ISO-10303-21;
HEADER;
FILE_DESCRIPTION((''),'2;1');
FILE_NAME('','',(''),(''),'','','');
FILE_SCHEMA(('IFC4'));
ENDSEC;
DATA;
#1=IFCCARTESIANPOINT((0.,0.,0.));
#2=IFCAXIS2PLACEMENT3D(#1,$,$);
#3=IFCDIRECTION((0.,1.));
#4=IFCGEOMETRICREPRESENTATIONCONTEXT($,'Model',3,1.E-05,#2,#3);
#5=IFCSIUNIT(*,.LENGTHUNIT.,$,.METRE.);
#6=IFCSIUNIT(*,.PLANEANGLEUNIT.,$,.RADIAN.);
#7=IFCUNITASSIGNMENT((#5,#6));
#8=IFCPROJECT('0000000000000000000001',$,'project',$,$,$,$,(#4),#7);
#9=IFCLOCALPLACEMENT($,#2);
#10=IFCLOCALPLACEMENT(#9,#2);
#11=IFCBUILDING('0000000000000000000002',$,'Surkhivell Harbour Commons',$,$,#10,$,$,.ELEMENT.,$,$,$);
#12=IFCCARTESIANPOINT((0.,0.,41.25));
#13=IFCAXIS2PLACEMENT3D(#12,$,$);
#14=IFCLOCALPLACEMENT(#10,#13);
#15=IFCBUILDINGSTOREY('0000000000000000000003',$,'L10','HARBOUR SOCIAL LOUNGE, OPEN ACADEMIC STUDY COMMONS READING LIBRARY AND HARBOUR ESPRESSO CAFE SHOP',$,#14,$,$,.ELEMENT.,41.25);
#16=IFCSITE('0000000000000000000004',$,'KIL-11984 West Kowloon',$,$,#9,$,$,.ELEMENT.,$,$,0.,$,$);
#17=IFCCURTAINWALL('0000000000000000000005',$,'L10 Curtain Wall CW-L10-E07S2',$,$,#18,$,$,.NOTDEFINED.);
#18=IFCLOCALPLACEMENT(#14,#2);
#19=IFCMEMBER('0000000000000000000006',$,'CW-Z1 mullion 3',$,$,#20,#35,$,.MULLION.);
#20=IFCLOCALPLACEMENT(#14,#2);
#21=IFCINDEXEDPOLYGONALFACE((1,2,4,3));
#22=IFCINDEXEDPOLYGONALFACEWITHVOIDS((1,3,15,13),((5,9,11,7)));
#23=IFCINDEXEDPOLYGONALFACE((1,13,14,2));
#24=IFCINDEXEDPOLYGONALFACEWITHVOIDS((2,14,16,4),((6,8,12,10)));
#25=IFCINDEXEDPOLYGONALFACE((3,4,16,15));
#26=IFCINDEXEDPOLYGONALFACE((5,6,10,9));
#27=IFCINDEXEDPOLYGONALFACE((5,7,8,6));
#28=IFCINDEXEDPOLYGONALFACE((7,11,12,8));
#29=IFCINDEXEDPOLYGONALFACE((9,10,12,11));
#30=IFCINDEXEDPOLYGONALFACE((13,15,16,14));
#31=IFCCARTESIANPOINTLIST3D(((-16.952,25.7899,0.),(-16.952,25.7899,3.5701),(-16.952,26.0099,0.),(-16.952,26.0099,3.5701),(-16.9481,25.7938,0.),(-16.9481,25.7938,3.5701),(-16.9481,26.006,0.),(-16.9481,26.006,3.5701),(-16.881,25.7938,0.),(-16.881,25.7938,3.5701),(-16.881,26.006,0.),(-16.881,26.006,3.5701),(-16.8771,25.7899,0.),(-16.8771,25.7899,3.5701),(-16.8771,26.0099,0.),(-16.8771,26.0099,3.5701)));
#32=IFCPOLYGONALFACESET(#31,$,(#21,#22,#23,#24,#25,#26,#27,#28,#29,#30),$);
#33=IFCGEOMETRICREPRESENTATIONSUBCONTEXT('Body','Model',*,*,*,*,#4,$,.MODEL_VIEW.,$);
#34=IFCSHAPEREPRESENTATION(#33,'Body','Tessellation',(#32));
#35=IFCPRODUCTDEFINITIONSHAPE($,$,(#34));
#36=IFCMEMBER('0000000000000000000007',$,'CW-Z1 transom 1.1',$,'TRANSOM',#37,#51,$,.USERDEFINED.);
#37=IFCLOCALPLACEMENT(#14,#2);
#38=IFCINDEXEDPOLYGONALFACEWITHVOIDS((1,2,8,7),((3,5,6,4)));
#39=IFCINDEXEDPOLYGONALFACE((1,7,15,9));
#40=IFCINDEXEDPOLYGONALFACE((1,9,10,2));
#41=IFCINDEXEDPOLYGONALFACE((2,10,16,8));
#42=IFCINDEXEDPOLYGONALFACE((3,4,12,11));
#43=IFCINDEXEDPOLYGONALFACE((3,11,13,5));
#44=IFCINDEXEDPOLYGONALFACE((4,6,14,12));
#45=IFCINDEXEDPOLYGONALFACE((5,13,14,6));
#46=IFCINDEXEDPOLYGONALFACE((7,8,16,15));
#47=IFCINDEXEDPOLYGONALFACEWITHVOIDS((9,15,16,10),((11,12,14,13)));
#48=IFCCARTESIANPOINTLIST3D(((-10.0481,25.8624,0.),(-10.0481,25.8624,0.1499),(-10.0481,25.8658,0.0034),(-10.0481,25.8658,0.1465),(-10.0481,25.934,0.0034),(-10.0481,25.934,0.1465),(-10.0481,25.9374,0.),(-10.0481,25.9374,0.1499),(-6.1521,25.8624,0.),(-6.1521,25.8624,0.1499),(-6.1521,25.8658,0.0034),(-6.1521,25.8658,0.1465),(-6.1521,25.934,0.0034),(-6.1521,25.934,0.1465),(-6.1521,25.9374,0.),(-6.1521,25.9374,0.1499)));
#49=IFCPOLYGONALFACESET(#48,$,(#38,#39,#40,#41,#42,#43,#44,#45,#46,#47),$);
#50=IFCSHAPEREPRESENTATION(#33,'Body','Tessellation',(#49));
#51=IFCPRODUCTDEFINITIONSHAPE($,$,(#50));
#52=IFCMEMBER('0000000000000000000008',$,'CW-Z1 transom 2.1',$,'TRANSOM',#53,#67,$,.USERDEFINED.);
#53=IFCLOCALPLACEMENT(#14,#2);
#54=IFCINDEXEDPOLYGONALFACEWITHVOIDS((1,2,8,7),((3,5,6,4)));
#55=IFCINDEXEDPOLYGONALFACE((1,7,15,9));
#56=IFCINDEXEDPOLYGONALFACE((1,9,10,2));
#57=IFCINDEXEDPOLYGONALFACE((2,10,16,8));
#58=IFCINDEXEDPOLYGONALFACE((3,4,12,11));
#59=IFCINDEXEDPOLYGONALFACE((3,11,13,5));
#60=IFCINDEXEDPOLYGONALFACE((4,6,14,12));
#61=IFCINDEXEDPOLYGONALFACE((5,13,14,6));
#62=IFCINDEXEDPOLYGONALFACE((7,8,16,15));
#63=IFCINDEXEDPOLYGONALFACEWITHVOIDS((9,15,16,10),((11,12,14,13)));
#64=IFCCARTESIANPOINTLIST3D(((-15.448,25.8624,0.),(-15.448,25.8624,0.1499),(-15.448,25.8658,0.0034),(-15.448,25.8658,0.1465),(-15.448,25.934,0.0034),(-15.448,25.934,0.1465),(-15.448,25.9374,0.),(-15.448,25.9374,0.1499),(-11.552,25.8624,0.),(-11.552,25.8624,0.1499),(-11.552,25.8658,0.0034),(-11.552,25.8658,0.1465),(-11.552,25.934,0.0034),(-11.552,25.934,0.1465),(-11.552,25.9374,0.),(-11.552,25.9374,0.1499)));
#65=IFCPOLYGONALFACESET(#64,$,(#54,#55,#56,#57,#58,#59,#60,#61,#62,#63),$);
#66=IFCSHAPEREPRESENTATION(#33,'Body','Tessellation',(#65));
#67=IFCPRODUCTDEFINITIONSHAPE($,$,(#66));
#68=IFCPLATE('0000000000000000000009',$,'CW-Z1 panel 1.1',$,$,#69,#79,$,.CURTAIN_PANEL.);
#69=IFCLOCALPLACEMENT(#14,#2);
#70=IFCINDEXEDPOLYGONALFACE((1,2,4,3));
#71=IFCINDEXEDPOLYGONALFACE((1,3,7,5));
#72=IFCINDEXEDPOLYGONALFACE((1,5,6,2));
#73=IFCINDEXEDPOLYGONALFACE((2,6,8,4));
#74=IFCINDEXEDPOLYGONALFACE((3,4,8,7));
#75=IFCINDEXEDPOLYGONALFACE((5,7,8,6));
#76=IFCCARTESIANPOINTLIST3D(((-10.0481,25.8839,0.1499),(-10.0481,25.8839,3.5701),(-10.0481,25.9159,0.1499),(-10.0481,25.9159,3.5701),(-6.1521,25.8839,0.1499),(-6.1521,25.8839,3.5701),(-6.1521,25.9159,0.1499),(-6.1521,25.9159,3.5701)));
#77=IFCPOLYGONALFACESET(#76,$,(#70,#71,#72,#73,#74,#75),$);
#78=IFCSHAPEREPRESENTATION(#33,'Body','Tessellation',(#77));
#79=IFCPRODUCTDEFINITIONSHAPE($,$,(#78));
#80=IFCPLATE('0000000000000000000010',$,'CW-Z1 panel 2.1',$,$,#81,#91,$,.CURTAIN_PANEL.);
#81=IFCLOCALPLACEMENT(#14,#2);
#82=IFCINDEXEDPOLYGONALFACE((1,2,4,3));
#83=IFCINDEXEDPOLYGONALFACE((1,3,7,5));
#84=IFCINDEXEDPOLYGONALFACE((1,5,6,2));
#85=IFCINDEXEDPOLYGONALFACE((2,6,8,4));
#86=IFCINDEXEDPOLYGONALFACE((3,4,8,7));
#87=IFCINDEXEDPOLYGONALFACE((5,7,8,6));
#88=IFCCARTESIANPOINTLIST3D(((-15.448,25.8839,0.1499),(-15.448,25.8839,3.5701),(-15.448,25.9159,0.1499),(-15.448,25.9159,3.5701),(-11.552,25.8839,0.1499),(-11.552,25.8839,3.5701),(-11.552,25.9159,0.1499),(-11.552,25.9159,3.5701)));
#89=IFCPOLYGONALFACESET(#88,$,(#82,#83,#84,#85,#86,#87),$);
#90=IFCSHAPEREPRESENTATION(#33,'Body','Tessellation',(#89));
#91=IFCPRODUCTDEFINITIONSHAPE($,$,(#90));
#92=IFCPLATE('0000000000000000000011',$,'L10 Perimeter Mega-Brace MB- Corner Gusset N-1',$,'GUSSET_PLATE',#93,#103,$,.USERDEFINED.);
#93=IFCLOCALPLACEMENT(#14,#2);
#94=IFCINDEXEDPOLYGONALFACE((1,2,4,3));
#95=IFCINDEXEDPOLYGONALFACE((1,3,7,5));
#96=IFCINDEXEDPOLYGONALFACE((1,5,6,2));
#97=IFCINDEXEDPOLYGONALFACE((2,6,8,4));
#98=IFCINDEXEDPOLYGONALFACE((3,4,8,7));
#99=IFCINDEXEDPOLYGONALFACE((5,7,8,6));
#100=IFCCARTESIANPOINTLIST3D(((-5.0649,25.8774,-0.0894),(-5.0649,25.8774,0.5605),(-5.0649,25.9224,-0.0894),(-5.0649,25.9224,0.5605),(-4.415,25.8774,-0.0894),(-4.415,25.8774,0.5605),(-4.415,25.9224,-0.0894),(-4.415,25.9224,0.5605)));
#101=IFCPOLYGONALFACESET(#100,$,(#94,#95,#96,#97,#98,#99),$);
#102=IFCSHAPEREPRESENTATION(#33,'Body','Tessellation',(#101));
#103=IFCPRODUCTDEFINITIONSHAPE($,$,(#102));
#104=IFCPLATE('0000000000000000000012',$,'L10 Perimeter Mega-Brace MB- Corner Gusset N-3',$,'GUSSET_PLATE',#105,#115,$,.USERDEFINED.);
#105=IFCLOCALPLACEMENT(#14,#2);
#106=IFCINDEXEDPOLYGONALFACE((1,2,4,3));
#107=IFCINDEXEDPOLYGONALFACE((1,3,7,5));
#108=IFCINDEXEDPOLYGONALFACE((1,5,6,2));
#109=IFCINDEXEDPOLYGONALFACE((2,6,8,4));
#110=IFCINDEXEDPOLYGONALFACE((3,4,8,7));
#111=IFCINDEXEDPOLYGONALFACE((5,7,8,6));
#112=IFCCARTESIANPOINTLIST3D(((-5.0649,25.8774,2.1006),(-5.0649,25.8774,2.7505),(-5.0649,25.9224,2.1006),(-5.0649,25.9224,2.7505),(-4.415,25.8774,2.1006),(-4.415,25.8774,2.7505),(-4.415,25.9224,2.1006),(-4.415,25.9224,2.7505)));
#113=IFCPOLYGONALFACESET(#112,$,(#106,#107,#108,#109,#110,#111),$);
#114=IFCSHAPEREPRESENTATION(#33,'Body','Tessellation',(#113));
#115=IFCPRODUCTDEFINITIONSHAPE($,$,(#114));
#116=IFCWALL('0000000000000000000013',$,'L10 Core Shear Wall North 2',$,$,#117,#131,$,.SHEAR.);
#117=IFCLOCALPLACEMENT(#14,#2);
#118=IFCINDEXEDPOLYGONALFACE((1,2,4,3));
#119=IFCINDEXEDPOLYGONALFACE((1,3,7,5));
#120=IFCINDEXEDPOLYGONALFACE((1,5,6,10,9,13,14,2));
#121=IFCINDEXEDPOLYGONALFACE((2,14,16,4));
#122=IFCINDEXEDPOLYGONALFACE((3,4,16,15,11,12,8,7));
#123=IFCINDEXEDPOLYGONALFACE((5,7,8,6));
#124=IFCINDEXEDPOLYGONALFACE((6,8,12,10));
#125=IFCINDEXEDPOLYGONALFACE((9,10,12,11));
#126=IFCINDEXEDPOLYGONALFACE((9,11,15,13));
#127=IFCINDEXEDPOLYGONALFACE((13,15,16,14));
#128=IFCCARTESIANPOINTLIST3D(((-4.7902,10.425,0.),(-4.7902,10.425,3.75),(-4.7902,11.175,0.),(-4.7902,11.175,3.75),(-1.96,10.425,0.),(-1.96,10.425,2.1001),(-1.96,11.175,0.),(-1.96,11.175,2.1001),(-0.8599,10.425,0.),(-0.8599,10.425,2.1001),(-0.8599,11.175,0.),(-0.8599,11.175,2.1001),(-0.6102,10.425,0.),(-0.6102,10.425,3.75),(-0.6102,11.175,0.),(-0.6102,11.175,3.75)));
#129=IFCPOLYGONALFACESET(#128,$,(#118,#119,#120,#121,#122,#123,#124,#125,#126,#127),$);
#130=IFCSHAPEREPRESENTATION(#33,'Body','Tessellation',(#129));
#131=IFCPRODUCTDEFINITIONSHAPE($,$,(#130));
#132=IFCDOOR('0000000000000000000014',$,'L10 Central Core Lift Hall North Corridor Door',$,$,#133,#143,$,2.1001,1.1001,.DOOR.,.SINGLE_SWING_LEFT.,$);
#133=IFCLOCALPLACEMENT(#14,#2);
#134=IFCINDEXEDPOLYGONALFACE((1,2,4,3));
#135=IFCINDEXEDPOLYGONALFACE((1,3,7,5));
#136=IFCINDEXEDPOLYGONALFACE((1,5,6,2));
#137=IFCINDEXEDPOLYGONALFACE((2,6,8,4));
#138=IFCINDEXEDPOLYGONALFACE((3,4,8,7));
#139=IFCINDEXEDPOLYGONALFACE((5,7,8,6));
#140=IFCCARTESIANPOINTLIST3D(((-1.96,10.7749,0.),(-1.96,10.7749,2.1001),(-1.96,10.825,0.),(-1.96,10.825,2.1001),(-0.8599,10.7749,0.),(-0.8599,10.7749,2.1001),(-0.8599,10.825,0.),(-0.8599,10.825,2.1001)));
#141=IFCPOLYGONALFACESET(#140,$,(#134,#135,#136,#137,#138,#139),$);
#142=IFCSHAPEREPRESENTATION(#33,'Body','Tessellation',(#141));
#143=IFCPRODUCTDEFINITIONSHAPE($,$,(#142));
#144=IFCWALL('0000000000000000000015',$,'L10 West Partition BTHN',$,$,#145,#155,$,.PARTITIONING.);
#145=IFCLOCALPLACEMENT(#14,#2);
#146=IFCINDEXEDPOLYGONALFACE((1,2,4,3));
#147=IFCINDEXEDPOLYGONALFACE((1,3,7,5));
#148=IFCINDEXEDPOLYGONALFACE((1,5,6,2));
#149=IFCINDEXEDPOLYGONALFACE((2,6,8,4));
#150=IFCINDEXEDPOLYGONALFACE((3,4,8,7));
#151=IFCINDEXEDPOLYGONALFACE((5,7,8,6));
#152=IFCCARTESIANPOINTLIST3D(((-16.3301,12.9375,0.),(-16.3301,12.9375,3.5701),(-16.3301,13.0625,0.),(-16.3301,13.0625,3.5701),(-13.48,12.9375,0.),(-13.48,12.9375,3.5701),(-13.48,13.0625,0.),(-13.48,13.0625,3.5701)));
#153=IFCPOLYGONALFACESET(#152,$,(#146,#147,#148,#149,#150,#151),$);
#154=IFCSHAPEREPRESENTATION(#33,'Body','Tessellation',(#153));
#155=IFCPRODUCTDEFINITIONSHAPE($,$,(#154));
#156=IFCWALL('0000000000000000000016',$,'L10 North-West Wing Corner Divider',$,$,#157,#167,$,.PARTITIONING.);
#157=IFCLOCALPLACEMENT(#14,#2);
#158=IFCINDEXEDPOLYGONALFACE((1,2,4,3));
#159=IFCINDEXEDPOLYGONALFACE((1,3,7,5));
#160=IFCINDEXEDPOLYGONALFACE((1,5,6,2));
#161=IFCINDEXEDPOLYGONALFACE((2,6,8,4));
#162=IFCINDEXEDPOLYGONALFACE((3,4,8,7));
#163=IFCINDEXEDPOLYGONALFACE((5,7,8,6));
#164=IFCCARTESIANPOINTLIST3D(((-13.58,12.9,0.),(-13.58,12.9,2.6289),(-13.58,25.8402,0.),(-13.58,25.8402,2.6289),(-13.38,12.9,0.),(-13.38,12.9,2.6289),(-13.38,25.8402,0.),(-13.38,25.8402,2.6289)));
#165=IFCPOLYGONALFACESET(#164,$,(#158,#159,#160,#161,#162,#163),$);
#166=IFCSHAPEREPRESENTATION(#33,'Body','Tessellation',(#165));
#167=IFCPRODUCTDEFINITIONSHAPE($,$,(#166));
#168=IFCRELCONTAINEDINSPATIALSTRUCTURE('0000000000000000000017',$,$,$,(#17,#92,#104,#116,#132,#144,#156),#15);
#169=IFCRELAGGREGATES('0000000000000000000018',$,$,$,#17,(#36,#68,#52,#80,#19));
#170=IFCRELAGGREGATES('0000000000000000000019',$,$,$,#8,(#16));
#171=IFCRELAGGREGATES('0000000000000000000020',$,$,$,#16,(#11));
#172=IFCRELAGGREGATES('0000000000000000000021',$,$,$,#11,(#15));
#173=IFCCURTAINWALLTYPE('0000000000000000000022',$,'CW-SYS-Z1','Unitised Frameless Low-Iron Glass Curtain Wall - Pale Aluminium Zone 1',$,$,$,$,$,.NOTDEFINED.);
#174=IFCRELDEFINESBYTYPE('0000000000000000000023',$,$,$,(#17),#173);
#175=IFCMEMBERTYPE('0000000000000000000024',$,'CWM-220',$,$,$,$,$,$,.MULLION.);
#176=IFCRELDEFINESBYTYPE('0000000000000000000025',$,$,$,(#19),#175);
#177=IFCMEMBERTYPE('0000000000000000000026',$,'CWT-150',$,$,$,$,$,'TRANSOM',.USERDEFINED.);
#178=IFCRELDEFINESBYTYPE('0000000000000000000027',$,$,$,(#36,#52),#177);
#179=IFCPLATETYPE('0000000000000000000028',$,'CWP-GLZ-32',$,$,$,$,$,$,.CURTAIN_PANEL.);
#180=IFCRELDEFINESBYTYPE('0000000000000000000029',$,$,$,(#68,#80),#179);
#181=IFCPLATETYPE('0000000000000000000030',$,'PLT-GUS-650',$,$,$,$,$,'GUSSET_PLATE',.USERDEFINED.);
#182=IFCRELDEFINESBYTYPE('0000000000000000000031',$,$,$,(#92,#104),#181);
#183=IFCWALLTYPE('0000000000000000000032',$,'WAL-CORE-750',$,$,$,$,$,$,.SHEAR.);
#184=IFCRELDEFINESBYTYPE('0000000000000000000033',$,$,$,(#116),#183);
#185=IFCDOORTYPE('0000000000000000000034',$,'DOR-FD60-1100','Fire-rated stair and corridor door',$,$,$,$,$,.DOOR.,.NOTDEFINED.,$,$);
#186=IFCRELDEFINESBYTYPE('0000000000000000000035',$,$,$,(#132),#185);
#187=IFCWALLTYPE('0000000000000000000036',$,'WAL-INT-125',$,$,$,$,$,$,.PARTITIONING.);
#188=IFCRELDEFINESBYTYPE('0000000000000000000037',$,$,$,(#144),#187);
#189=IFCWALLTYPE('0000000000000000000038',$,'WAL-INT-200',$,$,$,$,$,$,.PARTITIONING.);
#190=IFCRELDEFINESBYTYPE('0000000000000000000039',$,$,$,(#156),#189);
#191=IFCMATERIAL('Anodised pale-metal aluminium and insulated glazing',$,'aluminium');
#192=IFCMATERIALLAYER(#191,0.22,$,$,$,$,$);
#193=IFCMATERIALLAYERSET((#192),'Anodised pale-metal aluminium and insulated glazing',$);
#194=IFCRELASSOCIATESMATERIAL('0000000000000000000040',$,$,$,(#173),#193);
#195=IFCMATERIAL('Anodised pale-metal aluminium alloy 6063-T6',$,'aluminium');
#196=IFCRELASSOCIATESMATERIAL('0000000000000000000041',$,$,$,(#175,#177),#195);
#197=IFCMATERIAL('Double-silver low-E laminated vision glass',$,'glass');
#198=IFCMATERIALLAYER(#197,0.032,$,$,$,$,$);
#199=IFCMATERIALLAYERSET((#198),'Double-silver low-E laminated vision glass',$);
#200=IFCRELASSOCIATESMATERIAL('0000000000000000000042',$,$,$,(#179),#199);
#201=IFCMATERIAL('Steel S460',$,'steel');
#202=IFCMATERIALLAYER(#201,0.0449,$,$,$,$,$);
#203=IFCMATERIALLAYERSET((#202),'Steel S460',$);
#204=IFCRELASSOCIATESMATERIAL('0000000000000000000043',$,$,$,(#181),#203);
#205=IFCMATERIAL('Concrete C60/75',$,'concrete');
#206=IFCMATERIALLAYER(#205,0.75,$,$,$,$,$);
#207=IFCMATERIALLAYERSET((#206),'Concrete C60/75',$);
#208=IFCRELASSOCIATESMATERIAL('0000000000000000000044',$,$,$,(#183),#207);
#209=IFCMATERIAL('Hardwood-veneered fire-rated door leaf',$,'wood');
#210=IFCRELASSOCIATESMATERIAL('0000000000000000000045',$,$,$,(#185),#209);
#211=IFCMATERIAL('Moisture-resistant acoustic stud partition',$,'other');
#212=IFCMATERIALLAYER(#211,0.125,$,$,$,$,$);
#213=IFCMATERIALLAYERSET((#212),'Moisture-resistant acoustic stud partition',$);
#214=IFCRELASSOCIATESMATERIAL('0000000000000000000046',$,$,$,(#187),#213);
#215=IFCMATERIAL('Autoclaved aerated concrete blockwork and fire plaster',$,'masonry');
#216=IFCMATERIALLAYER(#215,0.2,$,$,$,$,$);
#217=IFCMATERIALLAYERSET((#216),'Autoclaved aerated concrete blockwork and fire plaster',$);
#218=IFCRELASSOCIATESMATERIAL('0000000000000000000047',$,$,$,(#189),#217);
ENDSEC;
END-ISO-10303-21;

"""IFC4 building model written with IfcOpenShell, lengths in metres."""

from ifc_helpers import new_model, si_unit, direction, frame, frame_2d, origin, origin_2d, place, context, subcontext, project, spatial, rectangle, hollow_rectangle, extrude, material, layer, layer_set, material_profile, profile_set, type_object, element, fill, aggregate, save


model = new_model("IFC4")

# Units and contexts
model_context = context("Model", 3, precision=1e-05, world=origin(), true_north=direction((0.0, 1.0)))
body_context = subcontext(model_context, "Body", "Model", "MODEL_VIEW")
ifc_project = project(units=[si_unit("LENGTHUNIT", "METRE"), si_unit("PLANEANGLEUNIT", "RADIAN")], contexts=[model_context])

# Site, building, storey
site_placement = place(None, origin())
site = spatial("IfcSite", under=ifc_project, at=site_placement, Name="KIL-11984 West Kowloon", CompositionType="ELEMENT", RefElevation=0.0)
building_placement = place(site_placement, origin())
building = spatial("IfcBuilding", under=site, at=building_placement, Name="Surkhivell Harbour Commons", CompositionType="ELEMENT")
storey_placement = place(building_placement, frame((0.0, 0.0, 41.25)))
storey = spatial("IfcBuildingStorey", under=building, at=storey_placement, Name="L10", Description="HARBOUR SOCIAL LOUNGE, OPEN ACADEMIC STUDY COMMONS READING LIBRARY AND HARBOUR ESPRESSO CAFE SHOP", CompositionType="ELEMENT", Elevation=41.25)

# Shared definitions
ifc_material_1 = material(Name="Steel S460", Category="steel")

# Curtain wall, members, plates
ifc_material_2 = material(Name="Anodised pale-metal aluminium and insulated glazing", Category="aluminium")
ifc_layer_1 = layer(ifc_material_2, 0.22)
ifc_layer_set_1 = layer_set([ifc_layer_1], Name="Anodised pale-metal aluminium and insulated glazing")
curtain_wall_type = type_object("IfcCurtainWallType", Name="CW-SYS-Z1", Description="Unitised Frameless Low-Iron Glass Curtain Wall - Pale Aluminium Zone 1", PredefinedType="NOTDEFINED", material=ifc_layer_set_1)
curtain_wall_placement = place(storey_placement, origin())
curtain_wall = element("IfcCurtainWall", 1, at=curtain_wall_placement, inside=storey, type_object=curtain_wall_type, Name="L10 Curtain Wall CW-L10-E07S2", PredefinedType="NOTDEFINED")
ifc_material_3 = material(Name="Anodised pale-metal aluminium alloy 6063-T6", Category="aluminium")
ifc_material_profile_1 = material_profile(ifc_material_3, hollow_rectangle(XDim=0.075, YDim=0.22, WallThickness=0.0039, at=origin_2d()), Name="ALU-MULL-75x220")
ifc_profile_set_1 = profile_set([ifc_material_profile_1], Name="Anodised pale-metal aluminium alloy 6063-T6")
member_type_1 = type_object("IfcMemberType", Name="CWM-220", PredefinedType="MULLION", material=ifc_profile_set_1)
member_1_placement = place(storey_placement, frame((-16.9146, 25.8999, 0.0), z_axis=(0.0, 0.0, 1.0), x_axis=(-1.0, 0.0, 0.0)))
member_1 = element("IfcMember", 2, at=member_1_placement, type_object=member_type_1, Name="CW-Z1 mullion 3", PredefinedType="MULLION", context=body_context, shape_type="SweptSolid", body=[
    extrude(hollow_rectangle(XDim=0.075, YDim=0.22, WallThickness=0.0039, at=origin_2d()), origin(), (0.0, 0.0, 1.0), 3.5701),
])
ifc_material_profile_2 = material_profile(ifc_material_3, hollow_rectangle(XDim=0.075, YDim=0.1499, WallThickness=0.0034, at=origin_2d()), Name="ALU-TRAN-75x150")
ifc_profile_set_2 = profile_set([ifc_material_profile_2], Name="Anodised pale-metal aluminium alloy 6063-T6")
member_type_2 = type_object("IfcMemberType", Name="CWT-150", ElementType="TRANSOM", PredefinedType="USERDEFINED", material=ifc_profile_set_2)
member_2_placement = place(storey_placement, frame((-6.1521, 25.8999, 0.075), z_axis=(-1.0, 0.0, 0.0), x_axis=(0.0, -1.0, 0.0)))
member_2 = element("IfcMember", 3, at=member_2_placement, type_object=member_type_2, Name="CW-Z1 transom 1.1", ObjectType="TRANSOM", PredefinedType="USERDEFINED", context=body_context, shape_type="SweptSolid", body=[
    extrude(hollow_rectangle(XDim=0.075, YDim=0.1499, WallThickness=0.0034, at=origin_2d()), origin(), (0.0, 0.0, 1.0), 3.896),
])
member_3_placement = place(storey_placement, frame((-11.552, 25.8999, 0.075), z_axis=(-1.0, 0.0, 0.0), x_axis=(0.0, -1.0, 0.0)))
member_3 = element("IfcMember", 4, at=member_3_placement, type_object=member_type_2, Name="CW-Z1 transom 2.1", ObjectType="TRANSOM", PredefinedType="USERDEFINED", context=body_context, shape_type="SweptSolid", body=[
    extrude(hollow_rectangle(XDim=0.075, YDim=0.1499, WallThickness=0.0034, at=origin_2d()), origin(), (0.0, 0.0, 1.0), 3.896),
])
ifc_material_4 = material(Name="Double-silver low-E laminated vision glass", Category="glass")
ifc_layer_2 = layer(ifc_material_4, 0.032)
ifc_layer_set_2 = layer_set([ifc_layer_2], Name="Double-silver low-E laminated vision glass")
plate_type_1 = type_object("IfcPlateType", Name="CWP-GLZ-32", PredefinedType="CURTAIN_PANEL", material=ifc_layer_set_2)
plate_1_placement = place(storey_placement, frame((-6.1521, 25.8999, 0.1499), z_axis=(0.0, 0.0, 1.0), x_axis=(-1.0, 0.0, 0.0)))
plate_1 = element("IfcPlate", 5, at=plate_1_placement, type_object=plate_type_1, Name="CW-Z1 panel 1.1", PredefinedType="CURTAIN_PANEL", context=body_context, shape_type="SweptSolid", body=[
    extrude(rectangle(XDim=3.896, YDim=0.032, at=frame_2d((1.948, 0.0))), origin(), (0.0, 0.0, 1.0), 3.4202),
])
plate_2_placement = place(storey_placement, frame((-11.552, 25.8999, 0.1499), z_axis=(0.0, 0.0, 1.0), x_axis=(-1.0, 0.0, 0.0)))
plate_2 = element("IfcPlate", 6, at=plate_2_placement, type_object=plate_type_1, Name="CW-Z1 panel 2.1", PredefinedType="CURTAIN_PANEL", context=body_context, shape_type="SweptSolid", body=[
    extrude(rectangle(XDim=3.896, YDim=0.032, at=frame_2d((1.948, 0.0))), origin(), (0.0, 0.0, 1.0), 3.4202),
])
aggregate(curtain_wall, [member_2, plate_1, member_3, plate_2, member_1])

# Plates
ifc_layer_3 = layer(ifc_material_1, 0.0449)
ifc_layer_set_3 = layer_set([ifc_layer_3], Name="Steel S460")
plate_type_2 = type_object("IfcPlateType", Name="PLT-GUS-650", ElementType="GUSSET_PLATE", PredefinedType="USERDEFINED", material=ifc_layer_set_3)
for number, where, z_axis, x_axis, name in (
    (7, (-4.74, 25.8999, -0.0894), (0.0, 0.0, 1.0), (1.0, 0.0, 0.0), "L10 Perimeter Mega-Brace MB- Corner Gusset N-1"),
    (8, (-4.74, 25.8999, 2.1006), (0.0, 0.0, 1.0), (1.0, 0.0, 0.0), "L10 Perimeter Mega-Brace MB- Corner Gusset N-3"),
):
    element("IfcPlate", number, at=place(storey_placement, frame(where, z_axis=z_axis, x_axis=x_axis)), inside=storey, type_object=plate_type_2, Name=name, ObjectType="GUSSET_PLATE", PredefinedType="USERDEFINED", context=body_context, shape_type="SweptSolid", body=[
        extrude(rectangle(XDim=0.6499, YDim=0.0449, at=origin_2d()), origin(), (0.0, 0.0, 1.0), 0.6499),
    ])

# Wall, opening, door
ifc_material_5 = material(Name="Concrete C60/75", Category="concrete")
ifc_layer_4 = layer(ifc_material_5, 0.75)
ifc_layer_set_4 = layer_set([ifc_layer_4], Name="Concrete C60/75")
wall_type_1 = type_object("IfcWallType", Name="WAL-CORE-750", PredefinedType="SHEAR", material=ifc_layer_set_4)
wall_1_placement = place(storey_placement, frame((-4.79, 10.8, 0.0), z_axis=(0.0, 0.0, 1.0), x_axis=(1.0, 0.0, 0.0)))
wall_1 = element("IfcWall", 9, at=wall_1_placement, inside=storey, type_object=wall_type_1, Name="L10 Core Shear Wall North 2", PredefinedType="SHEAR", context=body_context, shape_type="SweptSolid", body=[
    extrude(rectangle(XDim=4.1799, YDim=0.75, at=frame_2d((2.0898, 0.0))), origin(), (0.0, 0.0, 1.0), 3.75),
])
opening_1_placement = place(wall_1_placement, frame((2.8301, 0.0, 0.0)))
opening_1 = element("IfcOpeningElement", 10, at=opening_1_placement, cuts=wall_1, PredefinedType="OPENING", context=body_context, shape_type="SweptSolid", body=[
    extrude(rectangle(XDim=1.1001, YDim=2.1001, at=frame_2d((0.55, 1.05))), frame((0.0, 0.385, 0.0), z_axis=(0.0, -1.0, 0.0), x_axis=(1.0, 0.0, 0.0)), (0.0, 0.0, 1.0), 0.77),
])
ifc_material_6 = material(Name="Hardwood-veneered fire-rated door leaf", Category="wood")
door_type_1 = type_object("IfcDoorType", Name="DOR-FD60-1100", Description="Fire-rated stair and corridor door", OperationType="NOTDEFINED", PredefinedType="DOOR", material=ifc_material_6)
door_1_placement = place(opening_1_placement, origin())
door_1 = element("IfcDoor", 11, at=door_1_placement, inside=storey, type_object=door_type_1, Name="L10 Central Core Lift Hall North Corridor Door", OperationType="SINGLE_SWING_LEFT", OverallHeight=2.1001, OverallWidth=1.1001, PredefinedType="DOOR", context=body_context, shape_type="SweptSolid", body=[
    extrude(rectangle(XDim=1.1001, YDim=2.1001, at=frame_2d((0.55, 1.05))), frame((0.0, 0.0249, 0.0), z_axis=(0.0, -1.0, 0.0), x_axis=(1.0, 0.0, 0.0)), (0.0, 0.0, 1.0), 0.05),
])
fill(opening_1, door_1)

# Walls
ifc_material_7 = material(Name="Moisture-resistant acoustic stud partition", Category="other")
ifc_layer_5 = layer(ifc_material_7, 0.125)
ifc_layer_set_5 = layer_set([ifc_layer_5], Name="Moisture-resistant acoustic stud partition")
wall_type_2 = type_object("IfcWallType", Name="WAL-INT-125", PredefinedType="PARTITIONING", material=ifc_layer_set_5)
wall_2_placement = place(storey_placement, frame((-16.3301, 13.0, 0.0), z_axis=(0.0, 0.0, 1.0), x_axis=(1.0, 0.0, 0.0)))
element("IfcWall", 12, at=wall_2_placement, inside=storey, type_object=wall_type_2, Name="L10 West Partition BTHN", PredefinedType="PARTITIONING", context=body_context, shape_type="SweptSolid", body=[
    extrude(rectangle(XDim=2.8501, YDim=0.125, at=frame_2d((1.425, 0.0))), origin(), (0.0, 0.0, 1.0), 3.5701),
])
ifc_material_8 = material(Name="Autoclaved aerated concrete blockwork and fire plaster", Category="masonry")
ifc_layer_6 = layer(ifc_material_8, 0.2)
ifc_layer_set_6 = layer_set([ifc_layer_6], Name="Autoclaved aerated concrete blockwork and fire plaster")
wall_type_3 = type_object("IfcWallType", Name="WAL-INT-200", PredefinedType="PARTITIONING", material=ifc_layer_set_6)
wall_3_placement = place(storey_placement, frame((-13.48, 12.8999, 0.0), z_axis=(0.0, 0.0, 1.0), x_axis=(0.0, 1.0, 0.0)))
element("IfcWall", 13, at=wall_3_placement, inside=storey, type_object=wall_type_3, Name="L10 North-West Wing Corner Divider", PredefinedType="PARTITIONING", context=body_context, shape_type="SweptSolid", body=[
    extrude(rectangle(XDim=12.9402, YDim=0.2, at=frame_2d((6.4702, 0.0))), origin(), (0.0, 0.0, 1.0), 2.6289),
])

save(model, "model.ifc")
